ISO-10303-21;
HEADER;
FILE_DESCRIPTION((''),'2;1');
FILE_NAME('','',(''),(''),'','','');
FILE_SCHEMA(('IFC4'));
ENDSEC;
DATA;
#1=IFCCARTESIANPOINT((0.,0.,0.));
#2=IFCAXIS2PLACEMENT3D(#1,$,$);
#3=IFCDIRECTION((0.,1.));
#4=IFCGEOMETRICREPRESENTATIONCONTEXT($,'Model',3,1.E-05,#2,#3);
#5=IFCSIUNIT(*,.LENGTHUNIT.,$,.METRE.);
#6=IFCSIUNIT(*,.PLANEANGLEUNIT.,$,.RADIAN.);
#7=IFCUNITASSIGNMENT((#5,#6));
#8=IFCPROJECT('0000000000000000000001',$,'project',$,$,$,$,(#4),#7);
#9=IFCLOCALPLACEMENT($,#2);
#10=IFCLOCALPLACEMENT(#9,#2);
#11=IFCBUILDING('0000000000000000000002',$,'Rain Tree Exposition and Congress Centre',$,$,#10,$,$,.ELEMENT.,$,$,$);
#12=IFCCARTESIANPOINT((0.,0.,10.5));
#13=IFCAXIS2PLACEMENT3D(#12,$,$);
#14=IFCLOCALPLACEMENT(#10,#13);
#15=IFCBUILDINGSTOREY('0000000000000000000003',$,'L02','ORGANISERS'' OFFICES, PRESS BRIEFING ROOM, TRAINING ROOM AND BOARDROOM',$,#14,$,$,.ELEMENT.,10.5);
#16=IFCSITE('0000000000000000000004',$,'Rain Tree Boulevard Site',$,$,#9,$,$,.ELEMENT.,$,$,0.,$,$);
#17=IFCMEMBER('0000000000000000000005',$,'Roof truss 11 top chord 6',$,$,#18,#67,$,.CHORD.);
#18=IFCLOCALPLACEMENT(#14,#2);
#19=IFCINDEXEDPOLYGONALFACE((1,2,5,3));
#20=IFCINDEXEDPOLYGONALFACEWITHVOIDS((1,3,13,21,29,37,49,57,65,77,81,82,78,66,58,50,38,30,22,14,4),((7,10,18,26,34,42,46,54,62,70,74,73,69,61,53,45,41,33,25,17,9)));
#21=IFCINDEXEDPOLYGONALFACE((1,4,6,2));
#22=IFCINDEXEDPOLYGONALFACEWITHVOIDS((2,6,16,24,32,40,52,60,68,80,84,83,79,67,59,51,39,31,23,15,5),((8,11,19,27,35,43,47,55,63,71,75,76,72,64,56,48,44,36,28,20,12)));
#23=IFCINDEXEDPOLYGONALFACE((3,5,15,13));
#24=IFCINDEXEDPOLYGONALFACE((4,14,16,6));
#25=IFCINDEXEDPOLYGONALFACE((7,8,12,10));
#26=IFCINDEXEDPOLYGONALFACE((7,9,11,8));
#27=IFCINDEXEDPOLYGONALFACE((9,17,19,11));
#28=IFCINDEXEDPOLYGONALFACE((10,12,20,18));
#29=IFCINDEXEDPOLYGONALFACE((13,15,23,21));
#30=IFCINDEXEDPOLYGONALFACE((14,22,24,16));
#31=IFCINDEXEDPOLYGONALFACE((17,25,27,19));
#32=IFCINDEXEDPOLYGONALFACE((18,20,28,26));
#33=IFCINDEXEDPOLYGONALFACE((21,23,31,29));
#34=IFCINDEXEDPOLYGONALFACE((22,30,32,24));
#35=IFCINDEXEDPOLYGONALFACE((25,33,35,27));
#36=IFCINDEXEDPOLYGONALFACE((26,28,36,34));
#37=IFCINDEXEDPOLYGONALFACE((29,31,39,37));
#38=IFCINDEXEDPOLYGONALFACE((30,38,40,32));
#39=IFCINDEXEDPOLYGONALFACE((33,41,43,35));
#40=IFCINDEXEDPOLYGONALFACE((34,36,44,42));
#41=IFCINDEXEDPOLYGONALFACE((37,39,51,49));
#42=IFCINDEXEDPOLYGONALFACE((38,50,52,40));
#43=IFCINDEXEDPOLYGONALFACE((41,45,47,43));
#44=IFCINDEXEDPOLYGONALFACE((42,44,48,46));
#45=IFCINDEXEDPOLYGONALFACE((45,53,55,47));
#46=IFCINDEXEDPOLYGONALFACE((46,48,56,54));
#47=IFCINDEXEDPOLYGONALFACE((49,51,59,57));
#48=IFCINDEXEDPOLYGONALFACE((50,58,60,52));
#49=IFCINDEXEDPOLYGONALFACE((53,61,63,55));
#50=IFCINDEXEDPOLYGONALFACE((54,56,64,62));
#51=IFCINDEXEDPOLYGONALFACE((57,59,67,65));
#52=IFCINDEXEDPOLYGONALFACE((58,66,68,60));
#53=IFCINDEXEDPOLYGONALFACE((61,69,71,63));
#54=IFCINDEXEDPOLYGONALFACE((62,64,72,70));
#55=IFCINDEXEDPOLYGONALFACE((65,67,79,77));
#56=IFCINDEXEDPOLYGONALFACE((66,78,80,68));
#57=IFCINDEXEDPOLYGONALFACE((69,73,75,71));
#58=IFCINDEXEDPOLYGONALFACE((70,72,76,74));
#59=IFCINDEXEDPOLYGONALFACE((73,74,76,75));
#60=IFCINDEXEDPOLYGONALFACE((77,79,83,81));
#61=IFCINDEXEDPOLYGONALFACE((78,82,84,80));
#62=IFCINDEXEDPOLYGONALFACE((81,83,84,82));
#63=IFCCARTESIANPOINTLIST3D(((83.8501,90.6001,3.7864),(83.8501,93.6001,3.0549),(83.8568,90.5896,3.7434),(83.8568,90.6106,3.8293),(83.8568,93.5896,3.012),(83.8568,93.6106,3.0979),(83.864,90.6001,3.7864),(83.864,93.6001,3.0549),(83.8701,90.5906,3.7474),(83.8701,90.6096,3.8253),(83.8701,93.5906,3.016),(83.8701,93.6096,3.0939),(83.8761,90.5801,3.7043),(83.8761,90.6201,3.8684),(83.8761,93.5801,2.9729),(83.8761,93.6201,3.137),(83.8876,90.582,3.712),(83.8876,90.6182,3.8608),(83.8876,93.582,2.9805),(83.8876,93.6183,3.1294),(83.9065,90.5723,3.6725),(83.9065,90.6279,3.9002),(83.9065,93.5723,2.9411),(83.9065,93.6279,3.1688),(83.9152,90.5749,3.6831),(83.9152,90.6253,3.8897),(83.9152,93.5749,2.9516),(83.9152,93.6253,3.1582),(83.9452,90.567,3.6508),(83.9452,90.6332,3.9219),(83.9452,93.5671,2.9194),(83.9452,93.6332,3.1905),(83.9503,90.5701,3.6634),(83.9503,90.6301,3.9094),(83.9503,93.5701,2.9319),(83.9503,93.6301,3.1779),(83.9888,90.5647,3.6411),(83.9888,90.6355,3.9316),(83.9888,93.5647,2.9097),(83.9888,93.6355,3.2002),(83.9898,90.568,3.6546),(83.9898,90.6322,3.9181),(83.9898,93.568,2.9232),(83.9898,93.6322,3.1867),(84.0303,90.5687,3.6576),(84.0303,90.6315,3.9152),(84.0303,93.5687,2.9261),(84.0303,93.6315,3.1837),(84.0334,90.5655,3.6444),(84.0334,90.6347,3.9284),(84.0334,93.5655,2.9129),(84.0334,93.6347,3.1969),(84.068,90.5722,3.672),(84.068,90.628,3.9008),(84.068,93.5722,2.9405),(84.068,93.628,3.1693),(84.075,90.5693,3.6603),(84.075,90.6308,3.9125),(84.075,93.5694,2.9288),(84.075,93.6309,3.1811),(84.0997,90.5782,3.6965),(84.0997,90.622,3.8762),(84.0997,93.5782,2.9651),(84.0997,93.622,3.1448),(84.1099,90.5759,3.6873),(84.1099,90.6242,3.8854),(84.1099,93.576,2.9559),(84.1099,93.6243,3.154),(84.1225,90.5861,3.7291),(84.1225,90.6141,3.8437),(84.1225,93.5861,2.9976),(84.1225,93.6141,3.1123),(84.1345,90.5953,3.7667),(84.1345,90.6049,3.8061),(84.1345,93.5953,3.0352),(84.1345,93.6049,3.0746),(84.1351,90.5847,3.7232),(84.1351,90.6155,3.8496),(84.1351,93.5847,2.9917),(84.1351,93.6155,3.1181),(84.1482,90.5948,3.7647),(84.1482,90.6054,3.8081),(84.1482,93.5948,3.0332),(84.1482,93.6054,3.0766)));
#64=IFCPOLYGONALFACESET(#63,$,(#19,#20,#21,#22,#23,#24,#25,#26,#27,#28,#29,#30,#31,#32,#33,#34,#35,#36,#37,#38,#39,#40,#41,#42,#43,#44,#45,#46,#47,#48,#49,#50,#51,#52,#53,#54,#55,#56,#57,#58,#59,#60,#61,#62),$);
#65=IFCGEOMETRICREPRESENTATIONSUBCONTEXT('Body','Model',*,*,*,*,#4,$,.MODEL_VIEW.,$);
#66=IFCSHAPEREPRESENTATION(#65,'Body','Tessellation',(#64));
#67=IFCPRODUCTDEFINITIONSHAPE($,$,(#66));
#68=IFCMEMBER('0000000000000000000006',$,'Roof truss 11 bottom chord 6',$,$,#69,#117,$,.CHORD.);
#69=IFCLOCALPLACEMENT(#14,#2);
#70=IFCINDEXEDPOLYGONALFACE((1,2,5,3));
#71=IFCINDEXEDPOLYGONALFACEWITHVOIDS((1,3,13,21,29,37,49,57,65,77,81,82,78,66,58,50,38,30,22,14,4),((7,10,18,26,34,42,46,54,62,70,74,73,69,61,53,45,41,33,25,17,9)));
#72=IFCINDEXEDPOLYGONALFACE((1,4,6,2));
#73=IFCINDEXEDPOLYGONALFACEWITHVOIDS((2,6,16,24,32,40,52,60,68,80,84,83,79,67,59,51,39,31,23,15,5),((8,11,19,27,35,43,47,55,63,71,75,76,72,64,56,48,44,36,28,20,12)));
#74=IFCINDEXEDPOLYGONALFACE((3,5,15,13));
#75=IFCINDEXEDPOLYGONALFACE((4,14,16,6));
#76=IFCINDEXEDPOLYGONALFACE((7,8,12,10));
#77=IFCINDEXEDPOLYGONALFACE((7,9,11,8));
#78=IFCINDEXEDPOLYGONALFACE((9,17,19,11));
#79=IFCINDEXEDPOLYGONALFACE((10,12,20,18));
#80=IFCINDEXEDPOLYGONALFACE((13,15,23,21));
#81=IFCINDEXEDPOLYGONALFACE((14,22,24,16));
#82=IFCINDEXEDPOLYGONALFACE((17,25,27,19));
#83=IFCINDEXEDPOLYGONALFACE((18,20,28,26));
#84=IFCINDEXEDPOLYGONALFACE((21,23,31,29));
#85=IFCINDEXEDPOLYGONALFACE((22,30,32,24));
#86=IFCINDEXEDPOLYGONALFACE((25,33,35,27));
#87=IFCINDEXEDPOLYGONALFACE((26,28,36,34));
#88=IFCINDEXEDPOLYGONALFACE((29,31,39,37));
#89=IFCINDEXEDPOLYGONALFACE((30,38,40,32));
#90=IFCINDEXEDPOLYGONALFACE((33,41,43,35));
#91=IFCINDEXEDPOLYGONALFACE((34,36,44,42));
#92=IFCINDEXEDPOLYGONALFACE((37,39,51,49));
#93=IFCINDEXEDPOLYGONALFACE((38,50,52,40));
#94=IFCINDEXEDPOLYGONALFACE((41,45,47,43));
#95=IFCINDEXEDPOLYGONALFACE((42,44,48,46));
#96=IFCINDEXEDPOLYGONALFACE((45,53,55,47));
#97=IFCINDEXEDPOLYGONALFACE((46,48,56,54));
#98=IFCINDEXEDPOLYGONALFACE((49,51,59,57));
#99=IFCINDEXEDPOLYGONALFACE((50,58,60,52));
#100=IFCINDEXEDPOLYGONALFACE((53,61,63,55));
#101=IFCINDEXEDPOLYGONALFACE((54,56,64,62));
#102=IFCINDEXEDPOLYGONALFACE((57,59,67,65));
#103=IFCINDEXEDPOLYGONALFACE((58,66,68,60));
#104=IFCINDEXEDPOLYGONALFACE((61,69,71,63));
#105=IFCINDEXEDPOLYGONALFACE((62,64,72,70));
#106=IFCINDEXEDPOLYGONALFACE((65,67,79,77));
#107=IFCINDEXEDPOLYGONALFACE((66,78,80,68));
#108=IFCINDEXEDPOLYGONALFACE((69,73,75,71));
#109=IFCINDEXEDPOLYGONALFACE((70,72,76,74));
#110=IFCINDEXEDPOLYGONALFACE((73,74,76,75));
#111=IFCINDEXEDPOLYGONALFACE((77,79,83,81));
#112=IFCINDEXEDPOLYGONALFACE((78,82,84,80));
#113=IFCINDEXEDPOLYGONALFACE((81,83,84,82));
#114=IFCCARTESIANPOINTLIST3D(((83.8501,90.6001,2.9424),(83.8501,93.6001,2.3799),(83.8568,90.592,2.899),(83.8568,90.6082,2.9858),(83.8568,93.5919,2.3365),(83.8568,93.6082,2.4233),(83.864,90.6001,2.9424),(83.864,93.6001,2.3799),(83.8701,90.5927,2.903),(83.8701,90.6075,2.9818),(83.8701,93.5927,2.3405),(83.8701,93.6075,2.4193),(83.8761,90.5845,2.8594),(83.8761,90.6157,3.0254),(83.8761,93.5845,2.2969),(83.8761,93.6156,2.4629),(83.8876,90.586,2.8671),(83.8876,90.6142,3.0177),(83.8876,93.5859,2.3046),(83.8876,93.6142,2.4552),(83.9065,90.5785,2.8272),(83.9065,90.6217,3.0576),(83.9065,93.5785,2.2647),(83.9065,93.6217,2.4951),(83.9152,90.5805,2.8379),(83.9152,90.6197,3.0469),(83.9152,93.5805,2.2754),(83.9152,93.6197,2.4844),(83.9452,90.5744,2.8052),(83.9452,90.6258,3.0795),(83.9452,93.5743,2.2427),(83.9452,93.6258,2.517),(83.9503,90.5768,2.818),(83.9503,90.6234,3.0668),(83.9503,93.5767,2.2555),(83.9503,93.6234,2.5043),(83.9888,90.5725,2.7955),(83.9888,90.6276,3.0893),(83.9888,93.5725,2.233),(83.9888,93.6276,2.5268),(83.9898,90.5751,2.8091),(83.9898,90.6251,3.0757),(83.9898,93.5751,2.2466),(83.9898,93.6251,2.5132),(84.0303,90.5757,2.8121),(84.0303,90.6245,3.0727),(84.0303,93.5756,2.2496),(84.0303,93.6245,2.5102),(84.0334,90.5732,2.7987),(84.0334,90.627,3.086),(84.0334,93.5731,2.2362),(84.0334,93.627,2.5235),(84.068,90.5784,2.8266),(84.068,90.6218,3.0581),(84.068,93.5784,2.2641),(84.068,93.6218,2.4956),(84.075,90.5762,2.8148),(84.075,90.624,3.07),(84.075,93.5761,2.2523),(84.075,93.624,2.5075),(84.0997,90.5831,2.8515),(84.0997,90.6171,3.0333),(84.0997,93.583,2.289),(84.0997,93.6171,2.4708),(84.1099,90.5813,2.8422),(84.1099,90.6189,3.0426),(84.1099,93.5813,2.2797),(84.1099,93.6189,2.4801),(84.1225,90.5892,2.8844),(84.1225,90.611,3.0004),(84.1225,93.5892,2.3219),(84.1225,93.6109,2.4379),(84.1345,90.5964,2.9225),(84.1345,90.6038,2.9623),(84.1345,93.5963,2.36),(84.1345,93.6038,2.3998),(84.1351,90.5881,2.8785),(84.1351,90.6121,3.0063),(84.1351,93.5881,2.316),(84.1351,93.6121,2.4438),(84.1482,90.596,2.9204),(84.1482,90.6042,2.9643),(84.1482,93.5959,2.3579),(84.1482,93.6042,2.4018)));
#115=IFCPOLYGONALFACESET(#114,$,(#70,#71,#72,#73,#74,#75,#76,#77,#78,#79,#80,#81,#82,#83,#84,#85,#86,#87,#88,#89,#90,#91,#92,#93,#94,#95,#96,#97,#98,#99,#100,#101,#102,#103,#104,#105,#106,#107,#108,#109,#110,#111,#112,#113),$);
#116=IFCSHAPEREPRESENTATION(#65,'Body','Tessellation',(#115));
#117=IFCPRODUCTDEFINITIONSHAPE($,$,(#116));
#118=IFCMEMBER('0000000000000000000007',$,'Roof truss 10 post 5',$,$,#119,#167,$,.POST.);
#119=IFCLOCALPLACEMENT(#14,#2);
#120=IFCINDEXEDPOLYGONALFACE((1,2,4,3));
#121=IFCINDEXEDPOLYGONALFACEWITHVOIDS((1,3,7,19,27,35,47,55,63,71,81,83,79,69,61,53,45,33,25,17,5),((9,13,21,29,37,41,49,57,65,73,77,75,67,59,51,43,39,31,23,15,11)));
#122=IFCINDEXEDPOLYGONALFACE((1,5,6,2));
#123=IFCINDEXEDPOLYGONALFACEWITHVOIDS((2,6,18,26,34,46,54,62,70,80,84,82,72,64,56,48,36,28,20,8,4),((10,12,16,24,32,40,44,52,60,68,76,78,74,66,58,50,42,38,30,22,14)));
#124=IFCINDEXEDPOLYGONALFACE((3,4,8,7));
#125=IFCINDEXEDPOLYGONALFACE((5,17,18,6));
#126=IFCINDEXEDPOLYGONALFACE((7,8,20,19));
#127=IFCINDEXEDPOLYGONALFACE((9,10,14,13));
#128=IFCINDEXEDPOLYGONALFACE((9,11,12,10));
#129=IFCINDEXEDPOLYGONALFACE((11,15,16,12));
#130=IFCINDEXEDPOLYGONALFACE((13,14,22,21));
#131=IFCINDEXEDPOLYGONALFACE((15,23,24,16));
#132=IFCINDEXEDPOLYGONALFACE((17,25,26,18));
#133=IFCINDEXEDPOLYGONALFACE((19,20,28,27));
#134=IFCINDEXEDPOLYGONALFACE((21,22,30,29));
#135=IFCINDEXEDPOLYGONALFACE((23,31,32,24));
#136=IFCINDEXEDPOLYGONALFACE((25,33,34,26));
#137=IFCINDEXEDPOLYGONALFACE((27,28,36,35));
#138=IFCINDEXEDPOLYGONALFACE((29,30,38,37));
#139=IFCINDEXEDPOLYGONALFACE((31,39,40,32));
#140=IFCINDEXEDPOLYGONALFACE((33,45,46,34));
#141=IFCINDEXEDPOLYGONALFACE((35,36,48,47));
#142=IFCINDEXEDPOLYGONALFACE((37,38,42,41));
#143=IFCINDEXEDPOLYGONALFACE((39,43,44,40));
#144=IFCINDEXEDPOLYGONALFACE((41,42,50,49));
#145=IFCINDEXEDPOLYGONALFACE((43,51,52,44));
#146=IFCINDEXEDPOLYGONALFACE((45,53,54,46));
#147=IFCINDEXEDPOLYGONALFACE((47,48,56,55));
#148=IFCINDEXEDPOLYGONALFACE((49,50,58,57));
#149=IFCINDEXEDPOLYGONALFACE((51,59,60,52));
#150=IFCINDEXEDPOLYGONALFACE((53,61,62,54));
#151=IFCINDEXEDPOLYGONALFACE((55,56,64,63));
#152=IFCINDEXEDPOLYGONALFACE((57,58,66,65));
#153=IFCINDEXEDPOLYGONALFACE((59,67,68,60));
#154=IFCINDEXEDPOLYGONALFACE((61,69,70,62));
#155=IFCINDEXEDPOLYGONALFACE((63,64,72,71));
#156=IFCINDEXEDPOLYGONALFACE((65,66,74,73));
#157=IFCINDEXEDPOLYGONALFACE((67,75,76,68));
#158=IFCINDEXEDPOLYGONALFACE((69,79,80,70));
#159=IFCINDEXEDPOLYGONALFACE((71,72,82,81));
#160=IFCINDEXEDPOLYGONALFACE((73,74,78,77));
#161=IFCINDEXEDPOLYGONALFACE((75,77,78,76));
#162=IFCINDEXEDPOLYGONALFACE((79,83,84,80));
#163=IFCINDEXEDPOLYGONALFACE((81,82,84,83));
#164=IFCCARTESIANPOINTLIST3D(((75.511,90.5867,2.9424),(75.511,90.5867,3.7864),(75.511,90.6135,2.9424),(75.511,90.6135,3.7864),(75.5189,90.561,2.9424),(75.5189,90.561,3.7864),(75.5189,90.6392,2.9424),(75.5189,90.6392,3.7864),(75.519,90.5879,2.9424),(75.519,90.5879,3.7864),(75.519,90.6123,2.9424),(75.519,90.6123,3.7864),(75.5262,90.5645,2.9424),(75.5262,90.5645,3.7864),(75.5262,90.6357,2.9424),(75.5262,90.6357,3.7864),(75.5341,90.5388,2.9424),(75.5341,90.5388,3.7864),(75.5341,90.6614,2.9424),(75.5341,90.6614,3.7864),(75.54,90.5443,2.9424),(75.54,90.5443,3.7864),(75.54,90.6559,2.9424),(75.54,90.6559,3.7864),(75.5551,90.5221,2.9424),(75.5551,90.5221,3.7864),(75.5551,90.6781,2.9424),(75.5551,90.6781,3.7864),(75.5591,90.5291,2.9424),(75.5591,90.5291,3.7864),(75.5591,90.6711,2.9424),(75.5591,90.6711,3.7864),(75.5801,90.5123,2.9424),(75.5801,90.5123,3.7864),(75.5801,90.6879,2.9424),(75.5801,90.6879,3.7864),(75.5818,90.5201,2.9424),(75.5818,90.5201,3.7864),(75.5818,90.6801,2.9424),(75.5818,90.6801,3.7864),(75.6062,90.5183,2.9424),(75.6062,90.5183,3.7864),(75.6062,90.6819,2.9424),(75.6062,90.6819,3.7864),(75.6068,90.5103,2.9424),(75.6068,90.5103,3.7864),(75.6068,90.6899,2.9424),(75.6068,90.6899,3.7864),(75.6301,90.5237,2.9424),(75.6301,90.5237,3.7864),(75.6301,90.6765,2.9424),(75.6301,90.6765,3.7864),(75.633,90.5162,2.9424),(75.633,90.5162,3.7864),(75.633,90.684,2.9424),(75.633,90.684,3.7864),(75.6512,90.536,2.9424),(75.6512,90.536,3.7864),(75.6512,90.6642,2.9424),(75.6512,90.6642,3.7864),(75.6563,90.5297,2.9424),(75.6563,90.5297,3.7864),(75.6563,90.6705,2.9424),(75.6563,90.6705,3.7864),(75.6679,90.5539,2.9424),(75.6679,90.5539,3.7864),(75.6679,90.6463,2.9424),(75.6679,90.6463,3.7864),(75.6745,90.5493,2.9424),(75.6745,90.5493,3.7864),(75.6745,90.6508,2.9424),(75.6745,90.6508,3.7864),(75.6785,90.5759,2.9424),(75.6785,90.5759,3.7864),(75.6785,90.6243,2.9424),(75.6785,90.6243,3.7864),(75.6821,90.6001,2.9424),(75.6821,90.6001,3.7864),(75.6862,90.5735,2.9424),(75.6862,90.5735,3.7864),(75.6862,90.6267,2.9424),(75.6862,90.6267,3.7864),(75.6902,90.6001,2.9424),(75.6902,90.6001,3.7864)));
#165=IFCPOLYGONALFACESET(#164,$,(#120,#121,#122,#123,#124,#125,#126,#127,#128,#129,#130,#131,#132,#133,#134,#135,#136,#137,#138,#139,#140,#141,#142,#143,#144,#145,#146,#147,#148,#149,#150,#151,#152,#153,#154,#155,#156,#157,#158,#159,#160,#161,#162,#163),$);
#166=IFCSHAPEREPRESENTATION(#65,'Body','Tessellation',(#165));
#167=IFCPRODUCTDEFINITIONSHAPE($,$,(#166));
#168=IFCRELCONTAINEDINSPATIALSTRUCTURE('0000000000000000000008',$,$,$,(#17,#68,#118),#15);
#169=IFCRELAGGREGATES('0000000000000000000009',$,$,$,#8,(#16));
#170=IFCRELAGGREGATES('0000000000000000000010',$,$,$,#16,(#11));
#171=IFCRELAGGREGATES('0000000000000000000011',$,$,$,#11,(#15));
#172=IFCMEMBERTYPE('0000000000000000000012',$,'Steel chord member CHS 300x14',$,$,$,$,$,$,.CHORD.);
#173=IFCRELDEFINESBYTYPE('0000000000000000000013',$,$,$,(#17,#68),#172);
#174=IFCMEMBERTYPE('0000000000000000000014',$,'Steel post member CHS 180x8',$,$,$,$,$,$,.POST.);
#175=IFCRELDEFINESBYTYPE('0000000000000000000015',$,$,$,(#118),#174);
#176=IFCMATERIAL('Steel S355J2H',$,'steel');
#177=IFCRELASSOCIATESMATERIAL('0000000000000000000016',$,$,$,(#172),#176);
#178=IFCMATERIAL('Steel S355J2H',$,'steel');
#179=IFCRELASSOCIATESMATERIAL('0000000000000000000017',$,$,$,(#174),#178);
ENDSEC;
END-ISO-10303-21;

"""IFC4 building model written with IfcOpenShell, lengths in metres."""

from ifc_helpers import new_model, si_unit, direction, frame, origin, origin_2d, place, context, subcontext, project, spatial, hollow_circle, extrude, material, material_profile, profile_set, type_object, element, save


model = new_model("IFC4")

# Units and contexts
model_context = context("Model", 3, precision=1e-05, world=origin(), true_north=direction((0.0, 1.0)))
body_context = subcontext(model_context, "Body", "Model", "MODEL_VIEW")
ifc_project = project(units=[si_unit("LENGTHUNIT", "METRE"), si_unit("PLANEANGLEUNIT", "RADIAN")], contexts=[model_context])

# Site, building, storey
site_placement = place(None, origin())
site = spatial("IfcSite", under=ifc_project, at=site_placement, Name="Rain Tree Boulevard Site", CompositionType="ELEMENT", RefElevation=0.0)
building_placement = place(site_placement, origin())
building = spatial("IfcBuilding", under=site, at=building_placement, Name="Rain Tree Exposition and Congress Centre", CompositionType="ELEMENT")
storey_placement = place(building_placement, frame((0.0, 0.0, 10.5)))
storey = spatial("IfcBuildingStorey", under=building, at=storey_placement, Name="L02", Description="ORGANISERS' OFFICES, PRESS BRIEFING ROOM, TRAINING ROOM AND BOARDROOM", CompositionType="ELEMENT", Elevation=10.5)

# Members
ifc_material_1 = material(Name="Steel S355J2H", Category="steel")
ifc_material_profile_1 = material_profile(ifc_material_1, hollow_circle(Radius=0.1499, WallThickness=0.0139, at=origin_2d()), Name="CHS 300x14")
ifc_profile_set_1 = profile_set([ifc_material_profile_1], Name="Steel S355J2H")
member_type_1 = type_object("IfcMemberType", Name="Steel chord member CHS 300x14", PredefinedType="CHORD", material=ifc_profile_set_1)
member_1_placement = place(storey_placement, frame((84.0, 90.6001, 3.7864), z_axis=(0.0, 0.97154, -0.236876), x_axis=(-1.0, 0.0, 0.0)))
element("IfcMember", 1, at=member_1_placement, inside=storey, type_object=member_type_1, Name="Roof truss 11 top chord 6", PredefinedType="CHORD", context=body_context, shape_type="SweptSolid", body=[
    extrude(hollow_circle(Radius=0.1499, WallThickness=0.0139, at=origin_2d()), origin(), (0.0, 0.0, 1.0), 3.0879),
])
member_2_placement = place(storey_placement, frame((84.0, 90.6001, 2.9424), z_axis=(0.0, 0.982872, -0.184289), x_axis=(-1.0, 0.0, 0.0)))
element("IfcMember", 2, at=member_2_placement, inside=storey, type_object=member_type_1, Name="Roof truss 11 bottom chord 6", PredefinedType="CHORD", context=body_context, shape_type="SweptSolid", body=[
    extrude(hollow_circle(Radius=0.1499, WallThickness=0.0139, at=origin_2d()), origin(), (0.0, 0.0, 1.0), 3.0522),
])
ifc_material_2 = material(Name="Steel S355J2H", Category="steel")
ifc_material_profile_2 = material_profile(ifc_material_2, hollow_circle(Radius=0.0901, WallThickness=0.0081, at=origin_2d()), Name="CHS 180x8")
ifc_profile_set_2 = profile_set([ifc_material_profile_2], Name="Steel S355J2H")
member_type_2 = type_object("IfcMemberType", Name="Steel post member CHS 180x8", PredefinedType="POST", material=ifc_profile_set_2)
member_3_placement = place(storey_placement, frame((75.6001, 90.6001, 2.9424), z_axis=(0.0, 0.0, 1.0), x_axis=(1.0, 0.0, 0.0)))
element("IfcMember", 3, at=member_3_placement, inside=storey, type_object=member_type_2, Name="Roof truss 10 post 5", PredefinedType="POST", context=body_context, shape_type="SweptSolid", body=[
    extrude(hollow_circle(Radius=0.0901, WallThickness=0.0081, at=origin_2d()), origin(), (0.0, 0.0, 1.0), 0.844),
])

save(model, "model.ifc")
